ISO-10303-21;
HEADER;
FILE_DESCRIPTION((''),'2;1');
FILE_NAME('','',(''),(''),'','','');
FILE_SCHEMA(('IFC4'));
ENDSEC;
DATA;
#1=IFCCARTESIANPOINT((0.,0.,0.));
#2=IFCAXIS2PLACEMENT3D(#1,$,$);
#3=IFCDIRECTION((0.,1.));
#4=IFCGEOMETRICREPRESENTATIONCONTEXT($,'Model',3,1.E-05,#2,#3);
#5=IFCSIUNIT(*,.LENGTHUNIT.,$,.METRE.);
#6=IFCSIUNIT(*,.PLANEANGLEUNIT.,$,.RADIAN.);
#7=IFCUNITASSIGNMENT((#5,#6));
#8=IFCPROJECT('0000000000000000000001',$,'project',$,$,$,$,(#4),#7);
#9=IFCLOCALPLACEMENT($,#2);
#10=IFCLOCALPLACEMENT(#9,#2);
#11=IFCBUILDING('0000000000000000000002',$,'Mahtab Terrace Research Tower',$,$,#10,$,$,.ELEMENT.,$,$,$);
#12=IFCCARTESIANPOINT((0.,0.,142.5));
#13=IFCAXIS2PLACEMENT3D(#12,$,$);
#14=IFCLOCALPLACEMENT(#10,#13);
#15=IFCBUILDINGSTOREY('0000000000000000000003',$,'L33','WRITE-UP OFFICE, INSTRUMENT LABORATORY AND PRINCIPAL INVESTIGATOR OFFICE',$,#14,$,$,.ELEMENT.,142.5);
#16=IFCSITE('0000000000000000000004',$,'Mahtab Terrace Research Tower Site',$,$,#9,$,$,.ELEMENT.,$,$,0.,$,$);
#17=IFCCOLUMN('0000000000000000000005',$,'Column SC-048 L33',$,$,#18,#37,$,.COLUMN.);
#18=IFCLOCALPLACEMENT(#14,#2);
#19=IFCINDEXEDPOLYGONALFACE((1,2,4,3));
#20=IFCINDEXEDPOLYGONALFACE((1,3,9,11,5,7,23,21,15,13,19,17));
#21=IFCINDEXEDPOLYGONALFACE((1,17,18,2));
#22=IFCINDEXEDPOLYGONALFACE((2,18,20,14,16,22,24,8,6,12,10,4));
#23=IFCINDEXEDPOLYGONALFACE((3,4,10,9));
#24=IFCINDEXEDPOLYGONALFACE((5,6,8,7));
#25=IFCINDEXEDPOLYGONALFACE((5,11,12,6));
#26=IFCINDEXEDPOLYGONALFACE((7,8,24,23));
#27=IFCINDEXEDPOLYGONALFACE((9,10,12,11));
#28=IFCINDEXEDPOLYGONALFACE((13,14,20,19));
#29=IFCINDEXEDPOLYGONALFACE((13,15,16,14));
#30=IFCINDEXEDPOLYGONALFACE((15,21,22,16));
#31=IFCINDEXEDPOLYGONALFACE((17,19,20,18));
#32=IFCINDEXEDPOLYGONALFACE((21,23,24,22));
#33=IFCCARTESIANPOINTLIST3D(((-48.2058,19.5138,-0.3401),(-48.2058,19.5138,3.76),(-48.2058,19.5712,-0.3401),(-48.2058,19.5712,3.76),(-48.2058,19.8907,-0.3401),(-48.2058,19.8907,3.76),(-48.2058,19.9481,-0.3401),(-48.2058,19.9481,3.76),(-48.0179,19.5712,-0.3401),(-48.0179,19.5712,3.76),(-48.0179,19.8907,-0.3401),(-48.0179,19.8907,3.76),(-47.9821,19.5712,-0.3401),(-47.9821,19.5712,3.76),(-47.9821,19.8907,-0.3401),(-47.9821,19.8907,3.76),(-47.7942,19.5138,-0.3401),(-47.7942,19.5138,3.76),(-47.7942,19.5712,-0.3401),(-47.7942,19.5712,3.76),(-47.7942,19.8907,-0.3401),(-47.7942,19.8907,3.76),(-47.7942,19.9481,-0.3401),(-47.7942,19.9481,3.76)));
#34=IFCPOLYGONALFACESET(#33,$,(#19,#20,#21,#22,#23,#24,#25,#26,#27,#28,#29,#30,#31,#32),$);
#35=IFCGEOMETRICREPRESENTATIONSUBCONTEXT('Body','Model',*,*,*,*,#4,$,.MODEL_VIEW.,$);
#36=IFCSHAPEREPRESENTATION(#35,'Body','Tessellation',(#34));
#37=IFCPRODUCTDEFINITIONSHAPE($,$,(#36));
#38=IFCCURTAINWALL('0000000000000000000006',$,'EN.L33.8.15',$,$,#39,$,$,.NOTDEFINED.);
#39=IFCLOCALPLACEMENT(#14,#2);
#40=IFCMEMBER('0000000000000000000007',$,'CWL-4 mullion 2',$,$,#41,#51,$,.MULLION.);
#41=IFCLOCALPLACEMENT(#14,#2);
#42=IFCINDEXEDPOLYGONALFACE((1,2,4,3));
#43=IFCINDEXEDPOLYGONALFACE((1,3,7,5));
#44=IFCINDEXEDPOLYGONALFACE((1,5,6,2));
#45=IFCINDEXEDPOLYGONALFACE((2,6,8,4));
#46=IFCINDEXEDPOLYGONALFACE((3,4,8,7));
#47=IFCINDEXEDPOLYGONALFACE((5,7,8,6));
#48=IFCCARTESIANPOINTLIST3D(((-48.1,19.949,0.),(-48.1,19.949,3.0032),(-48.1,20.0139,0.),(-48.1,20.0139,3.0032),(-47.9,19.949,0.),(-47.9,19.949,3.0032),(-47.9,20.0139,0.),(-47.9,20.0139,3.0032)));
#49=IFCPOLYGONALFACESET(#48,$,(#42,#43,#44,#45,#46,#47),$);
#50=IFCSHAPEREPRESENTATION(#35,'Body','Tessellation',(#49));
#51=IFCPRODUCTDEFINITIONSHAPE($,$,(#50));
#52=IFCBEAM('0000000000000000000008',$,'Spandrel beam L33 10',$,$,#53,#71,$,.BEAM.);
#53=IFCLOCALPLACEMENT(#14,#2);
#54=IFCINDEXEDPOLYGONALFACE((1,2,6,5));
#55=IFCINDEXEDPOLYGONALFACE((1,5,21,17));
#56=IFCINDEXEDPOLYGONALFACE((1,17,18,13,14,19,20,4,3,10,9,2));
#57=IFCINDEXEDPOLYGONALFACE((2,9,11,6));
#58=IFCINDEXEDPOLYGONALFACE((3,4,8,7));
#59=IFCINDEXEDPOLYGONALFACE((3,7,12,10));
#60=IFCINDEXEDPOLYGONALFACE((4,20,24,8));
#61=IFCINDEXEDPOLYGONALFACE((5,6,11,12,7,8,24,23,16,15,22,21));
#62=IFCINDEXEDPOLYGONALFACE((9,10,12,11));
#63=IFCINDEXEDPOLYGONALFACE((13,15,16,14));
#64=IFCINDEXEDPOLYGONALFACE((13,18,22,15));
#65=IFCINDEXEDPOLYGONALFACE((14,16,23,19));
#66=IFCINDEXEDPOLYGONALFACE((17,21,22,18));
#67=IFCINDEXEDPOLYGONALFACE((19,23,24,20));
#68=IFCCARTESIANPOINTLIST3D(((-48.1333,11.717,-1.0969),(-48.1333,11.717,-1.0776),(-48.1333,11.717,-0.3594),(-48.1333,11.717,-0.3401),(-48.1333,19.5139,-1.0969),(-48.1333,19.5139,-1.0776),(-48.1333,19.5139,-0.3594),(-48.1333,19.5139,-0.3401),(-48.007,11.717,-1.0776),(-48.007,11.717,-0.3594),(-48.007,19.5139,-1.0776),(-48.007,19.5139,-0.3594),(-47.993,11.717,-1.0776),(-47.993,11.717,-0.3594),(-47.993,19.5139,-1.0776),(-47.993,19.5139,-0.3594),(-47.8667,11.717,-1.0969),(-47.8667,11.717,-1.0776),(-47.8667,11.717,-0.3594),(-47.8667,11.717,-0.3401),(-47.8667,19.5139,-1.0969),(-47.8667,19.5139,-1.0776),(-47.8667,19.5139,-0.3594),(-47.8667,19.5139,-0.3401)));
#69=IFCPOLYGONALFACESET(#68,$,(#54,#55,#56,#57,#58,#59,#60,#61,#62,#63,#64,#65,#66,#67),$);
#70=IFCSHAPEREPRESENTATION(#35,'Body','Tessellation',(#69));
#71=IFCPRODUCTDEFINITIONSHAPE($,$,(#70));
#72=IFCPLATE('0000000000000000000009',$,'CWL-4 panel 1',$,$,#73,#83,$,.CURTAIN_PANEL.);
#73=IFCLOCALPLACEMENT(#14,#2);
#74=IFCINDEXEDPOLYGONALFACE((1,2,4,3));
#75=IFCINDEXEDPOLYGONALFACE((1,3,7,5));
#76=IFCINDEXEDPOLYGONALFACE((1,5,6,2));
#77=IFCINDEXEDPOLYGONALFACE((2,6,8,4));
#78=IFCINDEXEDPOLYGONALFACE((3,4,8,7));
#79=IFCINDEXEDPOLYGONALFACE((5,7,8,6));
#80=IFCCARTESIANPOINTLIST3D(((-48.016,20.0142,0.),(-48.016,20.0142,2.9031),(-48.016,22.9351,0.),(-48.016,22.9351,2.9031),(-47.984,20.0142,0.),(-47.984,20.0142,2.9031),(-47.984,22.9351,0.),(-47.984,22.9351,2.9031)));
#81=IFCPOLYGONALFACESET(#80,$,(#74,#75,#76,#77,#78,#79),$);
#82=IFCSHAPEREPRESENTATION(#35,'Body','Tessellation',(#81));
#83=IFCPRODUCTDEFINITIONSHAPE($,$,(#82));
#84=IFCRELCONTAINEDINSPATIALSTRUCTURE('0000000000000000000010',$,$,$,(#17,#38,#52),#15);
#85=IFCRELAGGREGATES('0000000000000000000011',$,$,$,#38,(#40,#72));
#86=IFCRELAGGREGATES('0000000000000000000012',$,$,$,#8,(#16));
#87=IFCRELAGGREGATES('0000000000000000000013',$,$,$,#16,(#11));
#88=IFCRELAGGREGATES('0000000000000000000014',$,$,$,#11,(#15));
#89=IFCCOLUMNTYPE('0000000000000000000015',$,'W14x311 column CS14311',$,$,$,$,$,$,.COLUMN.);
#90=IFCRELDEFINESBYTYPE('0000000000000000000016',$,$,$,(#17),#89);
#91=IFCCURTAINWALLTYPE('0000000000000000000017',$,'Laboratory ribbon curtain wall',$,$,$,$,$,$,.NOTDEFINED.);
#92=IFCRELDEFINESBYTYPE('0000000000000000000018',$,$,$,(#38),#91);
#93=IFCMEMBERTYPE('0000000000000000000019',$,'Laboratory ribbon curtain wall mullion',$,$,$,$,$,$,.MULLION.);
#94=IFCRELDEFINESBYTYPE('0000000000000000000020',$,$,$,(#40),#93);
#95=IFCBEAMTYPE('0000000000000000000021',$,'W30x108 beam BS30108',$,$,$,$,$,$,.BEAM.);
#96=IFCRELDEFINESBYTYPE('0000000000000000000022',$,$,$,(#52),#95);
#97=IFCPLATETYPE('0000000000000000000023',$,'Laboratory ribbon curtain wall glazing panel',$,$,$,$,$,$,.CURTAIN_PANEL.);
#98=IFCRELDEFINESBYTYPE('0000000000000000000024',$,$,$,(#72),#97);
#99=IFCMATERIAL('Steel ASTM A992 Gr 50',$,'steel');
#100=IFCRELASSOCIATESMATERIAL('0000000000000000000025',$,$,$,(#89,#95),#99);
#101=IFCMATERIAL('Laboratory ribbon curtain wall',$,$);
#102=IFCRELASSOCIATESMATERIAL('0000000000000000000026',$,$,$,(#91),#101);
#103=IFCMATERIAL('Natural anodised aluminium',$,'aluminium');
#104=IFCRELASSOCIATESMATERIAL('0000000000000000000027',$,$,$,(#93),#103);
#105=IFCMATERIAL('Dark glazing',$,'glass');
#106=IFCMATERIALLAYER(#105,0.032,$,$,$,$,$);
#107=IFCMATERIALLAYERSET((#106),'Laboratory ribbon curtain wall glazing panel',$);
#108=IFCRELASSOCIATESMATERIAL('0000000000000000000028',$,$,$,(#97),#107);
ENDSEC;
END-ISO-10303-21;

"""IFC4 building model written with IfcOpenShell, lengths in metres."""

from ifc_helpers import new_model, si_unit, direction, frame, origin, origin_2d, place, context, subcontext, project, spatial, rectangle, i_section, extrude, material, layer, layer_set, material_profile, profile_set, type_object, element, aggregate, save


model = new_model("IFC4")

# Units and contexts
model_context = context("Model", 3, precision=1e-05, world=origin(), true_north=direction((0.0, 1.0)))
body_context = subcontext(model_context, "Body", "Model", "MODEL_VIEW")
ifc_project = project(units=[si_unit("LENGTHUNIT", "METRE"), si_unit("PLANEANGLEUNIT", "RADIAN")], contexts=[model_context])

# Site, building, storey
site_placement = place(None, origin())
site = spatial("IfcSite", under=ifc_project, at=site_placement, Name="Mahtab Terrace Research Tower Site", CompositionType="ELEMENT", RefElevation=0.0)
building_placement = place(site_placement, origin())
building = spatial("IfcBuilding", under=site, at=building_placement, Name="Mahtab Terrace Research Tower", CompositionType="ELEMENT")
storey_placement = place(building_placement, frame((0.0, 0.0, 142.5)))
storey = spatial("IfcBuildingStorey", under=building, at=storey_placement, Name="L33", Description="WRITE-UP OFFICE, INSTRUMENT LABORATORY AND PRINCIPAL INVESTIGATOR OFFICE", CompositionType="ELEMENT", Elevation=142.5)

# Column
ifc_material_1 = material(Name="Steel ASTM A992 Gr 50", Category="steel")
ifc_material_profile_1 = material_profile(ifc_material_1, i_section(OverallWidth=0.4116, OverallDepth=0.4343, WebThickness=0.0359, FlangeThickness=0.0574, at=origin_2d()), Name="W14X311")
ifc_profile_set_1 = profile_set([ifc_material_profile_1], Name="Steel ASTM A992 Gr 50")
column_type = type_object("IfcColumnType", Name="W14x311 column CS14311", PredefinedType="COLUMN", material=ifc_profile_set_1)
column_placement = place(storey_placement, frame((-48.0, 19.731, -0.3401), z_axis=(0.0, 0.0, 1.0), x_axis=(1.0, 0.0, 0.0)))
element("IfcColumn", 1, at=column_placement, inside=storey, type_object=column_type, Name="Column SC-048 L33", PredefinedType="COLUMN", context=body_context, shape_type="SweptSolid", body=[
    extrude(i_section(OverallWidth=0.4116, OverallDepth=0.4343, WebThickness=0.0359, FlangeThickness=0.0574, at=origin_2d()), origin(), (0.0, 0.0, 1.0), 4.1001),
])

# Curtain wall, member
ifc_material_2 = material(Name="Laboratory ribbon curtain wall")
curtain_wall_type = type_object("IfcCurtainWallType", Name="Laboratory ribbon curtain wall", PredefinedType="NOTDEFINED", material=ifc_material_2)
curtain_wall_placement = place(storey_placement, origin())
curtain_wall = element("IfcCurtainWall", 2, at=curtain_wall_placement, inside=storey, type_object=curtain_wall_type, Name="EN.L33.8.15", PredefinedType="NOTDEFINED")
ifc_material_3 = material(Name="Natural anodised aluminium", Category="aluminium")
ifc_material_profile_2 = material_profile(ifc_material_3, rectangle(XDim=0.2, YDim=0.0649, at=origin_2d()), Name="MULLION 65x200")
ifc_profile_set_2 = profile_set([ifc_material_profile_2], Name="Natural anodised aluminium")
member_type = type_object("IfcMemberType", Name="Laboratory ribbon curtain wall mullion", PredefinedType="MULLION", material=ifc_profile_set_2)
member_placement = place(storey_placement, frame((-48.0, 19.9814, 0.0), z_axis=(0.0, 0.0, 1.0), x_axis=(1.0, 0.0, 0.0)))
member = element("IfcMember", 3, at=member_placement, type_object=member_type, Name="CWL-4 mullion 2", PredefinedType="MULLION", context=body_context, shape_type="SweptSolid", body=[
    extrude(rectangle(XDim=0.2, YDim=0.0649, at=origin_2d()), origin(), (0.0, 0.0, 1.0), 3.0032),
])

# Beam
ifc_material_profile_3 = material_profile(ifc_material_1, i_section(OverallWidth=0.2666, OverallDepth=0.7568, WebThickness=0.0139, FlangeThickness=0.0193, at=origin_2d()), Name="W30X108")
ifc_profile_set_3 = profile_set([ifc_material_profile_3], Name="Steel ASTM A992 Gr 50")
beam_type = type_object("IfcBeamType", Name="W30x108 beam BS30108", PredefinedType="BEAM", material=ifc_profile_set_3)
beam_placement = place(storey_placement, frame((-48.0, 19.5139, -0.7185), z_axis=(0.0, -1.0, 0.0), x_axis=(1.0, 0.0, 0.0)))
element("IfcBeam", 4, at=beam_placement, inside=storey, type_object=beam_type, Name="Spandrel beam L33 10", PredefinedType="BEAM", context=body_context, shape_type="SweptSolid", body=[
    extrude(i_section(OverallWidth=0.2666, OverallDepth=0.7568, WebThickness=0.0139, FlangeThickness=0.0193, at=origin_2d()), origin(), (0.0, 0.0, 1.0), 7.7969),
])

# Plate
ifc_material_4 = material(Name="Dark glazing", Category="glass")
ifc_layer = layer(ifc_material_4, 0.032)
ifc_layer_set = layer_set([ifc_layer], Name="Laboratory ribbon curtain wall glazing panel")
plate_type = type_object("IfcPlateType", Name="Laboratory ribbon curtain wall glazing panel", PredefinedType="CURTAIN_PANEL", material=ifc_layer_set)
plate_placement = place(storey_placement, frame((-48.0, 21.4746, 0.0), z_axis=(0.0, 0.0, 1.0), x_axis=(0.0, -1.0, 0.0)))
plate = element("IfcPlate", 5, at=plate_placement, type_object=plate_type, Name="CWL-4 panel 1", PredefinedType="CURTAIN_PANEL", context=body_context, shape_type="SweptSolid", body=[
    extrude(rectangle(XDim=2.9209, YDim=0.032, at=origin_2d()), origin(), (0.0, 0.0, 1.0), 2.9031),
])
aggregate(curtain_wall, [member, plate])

save(model, "model.ifc")
